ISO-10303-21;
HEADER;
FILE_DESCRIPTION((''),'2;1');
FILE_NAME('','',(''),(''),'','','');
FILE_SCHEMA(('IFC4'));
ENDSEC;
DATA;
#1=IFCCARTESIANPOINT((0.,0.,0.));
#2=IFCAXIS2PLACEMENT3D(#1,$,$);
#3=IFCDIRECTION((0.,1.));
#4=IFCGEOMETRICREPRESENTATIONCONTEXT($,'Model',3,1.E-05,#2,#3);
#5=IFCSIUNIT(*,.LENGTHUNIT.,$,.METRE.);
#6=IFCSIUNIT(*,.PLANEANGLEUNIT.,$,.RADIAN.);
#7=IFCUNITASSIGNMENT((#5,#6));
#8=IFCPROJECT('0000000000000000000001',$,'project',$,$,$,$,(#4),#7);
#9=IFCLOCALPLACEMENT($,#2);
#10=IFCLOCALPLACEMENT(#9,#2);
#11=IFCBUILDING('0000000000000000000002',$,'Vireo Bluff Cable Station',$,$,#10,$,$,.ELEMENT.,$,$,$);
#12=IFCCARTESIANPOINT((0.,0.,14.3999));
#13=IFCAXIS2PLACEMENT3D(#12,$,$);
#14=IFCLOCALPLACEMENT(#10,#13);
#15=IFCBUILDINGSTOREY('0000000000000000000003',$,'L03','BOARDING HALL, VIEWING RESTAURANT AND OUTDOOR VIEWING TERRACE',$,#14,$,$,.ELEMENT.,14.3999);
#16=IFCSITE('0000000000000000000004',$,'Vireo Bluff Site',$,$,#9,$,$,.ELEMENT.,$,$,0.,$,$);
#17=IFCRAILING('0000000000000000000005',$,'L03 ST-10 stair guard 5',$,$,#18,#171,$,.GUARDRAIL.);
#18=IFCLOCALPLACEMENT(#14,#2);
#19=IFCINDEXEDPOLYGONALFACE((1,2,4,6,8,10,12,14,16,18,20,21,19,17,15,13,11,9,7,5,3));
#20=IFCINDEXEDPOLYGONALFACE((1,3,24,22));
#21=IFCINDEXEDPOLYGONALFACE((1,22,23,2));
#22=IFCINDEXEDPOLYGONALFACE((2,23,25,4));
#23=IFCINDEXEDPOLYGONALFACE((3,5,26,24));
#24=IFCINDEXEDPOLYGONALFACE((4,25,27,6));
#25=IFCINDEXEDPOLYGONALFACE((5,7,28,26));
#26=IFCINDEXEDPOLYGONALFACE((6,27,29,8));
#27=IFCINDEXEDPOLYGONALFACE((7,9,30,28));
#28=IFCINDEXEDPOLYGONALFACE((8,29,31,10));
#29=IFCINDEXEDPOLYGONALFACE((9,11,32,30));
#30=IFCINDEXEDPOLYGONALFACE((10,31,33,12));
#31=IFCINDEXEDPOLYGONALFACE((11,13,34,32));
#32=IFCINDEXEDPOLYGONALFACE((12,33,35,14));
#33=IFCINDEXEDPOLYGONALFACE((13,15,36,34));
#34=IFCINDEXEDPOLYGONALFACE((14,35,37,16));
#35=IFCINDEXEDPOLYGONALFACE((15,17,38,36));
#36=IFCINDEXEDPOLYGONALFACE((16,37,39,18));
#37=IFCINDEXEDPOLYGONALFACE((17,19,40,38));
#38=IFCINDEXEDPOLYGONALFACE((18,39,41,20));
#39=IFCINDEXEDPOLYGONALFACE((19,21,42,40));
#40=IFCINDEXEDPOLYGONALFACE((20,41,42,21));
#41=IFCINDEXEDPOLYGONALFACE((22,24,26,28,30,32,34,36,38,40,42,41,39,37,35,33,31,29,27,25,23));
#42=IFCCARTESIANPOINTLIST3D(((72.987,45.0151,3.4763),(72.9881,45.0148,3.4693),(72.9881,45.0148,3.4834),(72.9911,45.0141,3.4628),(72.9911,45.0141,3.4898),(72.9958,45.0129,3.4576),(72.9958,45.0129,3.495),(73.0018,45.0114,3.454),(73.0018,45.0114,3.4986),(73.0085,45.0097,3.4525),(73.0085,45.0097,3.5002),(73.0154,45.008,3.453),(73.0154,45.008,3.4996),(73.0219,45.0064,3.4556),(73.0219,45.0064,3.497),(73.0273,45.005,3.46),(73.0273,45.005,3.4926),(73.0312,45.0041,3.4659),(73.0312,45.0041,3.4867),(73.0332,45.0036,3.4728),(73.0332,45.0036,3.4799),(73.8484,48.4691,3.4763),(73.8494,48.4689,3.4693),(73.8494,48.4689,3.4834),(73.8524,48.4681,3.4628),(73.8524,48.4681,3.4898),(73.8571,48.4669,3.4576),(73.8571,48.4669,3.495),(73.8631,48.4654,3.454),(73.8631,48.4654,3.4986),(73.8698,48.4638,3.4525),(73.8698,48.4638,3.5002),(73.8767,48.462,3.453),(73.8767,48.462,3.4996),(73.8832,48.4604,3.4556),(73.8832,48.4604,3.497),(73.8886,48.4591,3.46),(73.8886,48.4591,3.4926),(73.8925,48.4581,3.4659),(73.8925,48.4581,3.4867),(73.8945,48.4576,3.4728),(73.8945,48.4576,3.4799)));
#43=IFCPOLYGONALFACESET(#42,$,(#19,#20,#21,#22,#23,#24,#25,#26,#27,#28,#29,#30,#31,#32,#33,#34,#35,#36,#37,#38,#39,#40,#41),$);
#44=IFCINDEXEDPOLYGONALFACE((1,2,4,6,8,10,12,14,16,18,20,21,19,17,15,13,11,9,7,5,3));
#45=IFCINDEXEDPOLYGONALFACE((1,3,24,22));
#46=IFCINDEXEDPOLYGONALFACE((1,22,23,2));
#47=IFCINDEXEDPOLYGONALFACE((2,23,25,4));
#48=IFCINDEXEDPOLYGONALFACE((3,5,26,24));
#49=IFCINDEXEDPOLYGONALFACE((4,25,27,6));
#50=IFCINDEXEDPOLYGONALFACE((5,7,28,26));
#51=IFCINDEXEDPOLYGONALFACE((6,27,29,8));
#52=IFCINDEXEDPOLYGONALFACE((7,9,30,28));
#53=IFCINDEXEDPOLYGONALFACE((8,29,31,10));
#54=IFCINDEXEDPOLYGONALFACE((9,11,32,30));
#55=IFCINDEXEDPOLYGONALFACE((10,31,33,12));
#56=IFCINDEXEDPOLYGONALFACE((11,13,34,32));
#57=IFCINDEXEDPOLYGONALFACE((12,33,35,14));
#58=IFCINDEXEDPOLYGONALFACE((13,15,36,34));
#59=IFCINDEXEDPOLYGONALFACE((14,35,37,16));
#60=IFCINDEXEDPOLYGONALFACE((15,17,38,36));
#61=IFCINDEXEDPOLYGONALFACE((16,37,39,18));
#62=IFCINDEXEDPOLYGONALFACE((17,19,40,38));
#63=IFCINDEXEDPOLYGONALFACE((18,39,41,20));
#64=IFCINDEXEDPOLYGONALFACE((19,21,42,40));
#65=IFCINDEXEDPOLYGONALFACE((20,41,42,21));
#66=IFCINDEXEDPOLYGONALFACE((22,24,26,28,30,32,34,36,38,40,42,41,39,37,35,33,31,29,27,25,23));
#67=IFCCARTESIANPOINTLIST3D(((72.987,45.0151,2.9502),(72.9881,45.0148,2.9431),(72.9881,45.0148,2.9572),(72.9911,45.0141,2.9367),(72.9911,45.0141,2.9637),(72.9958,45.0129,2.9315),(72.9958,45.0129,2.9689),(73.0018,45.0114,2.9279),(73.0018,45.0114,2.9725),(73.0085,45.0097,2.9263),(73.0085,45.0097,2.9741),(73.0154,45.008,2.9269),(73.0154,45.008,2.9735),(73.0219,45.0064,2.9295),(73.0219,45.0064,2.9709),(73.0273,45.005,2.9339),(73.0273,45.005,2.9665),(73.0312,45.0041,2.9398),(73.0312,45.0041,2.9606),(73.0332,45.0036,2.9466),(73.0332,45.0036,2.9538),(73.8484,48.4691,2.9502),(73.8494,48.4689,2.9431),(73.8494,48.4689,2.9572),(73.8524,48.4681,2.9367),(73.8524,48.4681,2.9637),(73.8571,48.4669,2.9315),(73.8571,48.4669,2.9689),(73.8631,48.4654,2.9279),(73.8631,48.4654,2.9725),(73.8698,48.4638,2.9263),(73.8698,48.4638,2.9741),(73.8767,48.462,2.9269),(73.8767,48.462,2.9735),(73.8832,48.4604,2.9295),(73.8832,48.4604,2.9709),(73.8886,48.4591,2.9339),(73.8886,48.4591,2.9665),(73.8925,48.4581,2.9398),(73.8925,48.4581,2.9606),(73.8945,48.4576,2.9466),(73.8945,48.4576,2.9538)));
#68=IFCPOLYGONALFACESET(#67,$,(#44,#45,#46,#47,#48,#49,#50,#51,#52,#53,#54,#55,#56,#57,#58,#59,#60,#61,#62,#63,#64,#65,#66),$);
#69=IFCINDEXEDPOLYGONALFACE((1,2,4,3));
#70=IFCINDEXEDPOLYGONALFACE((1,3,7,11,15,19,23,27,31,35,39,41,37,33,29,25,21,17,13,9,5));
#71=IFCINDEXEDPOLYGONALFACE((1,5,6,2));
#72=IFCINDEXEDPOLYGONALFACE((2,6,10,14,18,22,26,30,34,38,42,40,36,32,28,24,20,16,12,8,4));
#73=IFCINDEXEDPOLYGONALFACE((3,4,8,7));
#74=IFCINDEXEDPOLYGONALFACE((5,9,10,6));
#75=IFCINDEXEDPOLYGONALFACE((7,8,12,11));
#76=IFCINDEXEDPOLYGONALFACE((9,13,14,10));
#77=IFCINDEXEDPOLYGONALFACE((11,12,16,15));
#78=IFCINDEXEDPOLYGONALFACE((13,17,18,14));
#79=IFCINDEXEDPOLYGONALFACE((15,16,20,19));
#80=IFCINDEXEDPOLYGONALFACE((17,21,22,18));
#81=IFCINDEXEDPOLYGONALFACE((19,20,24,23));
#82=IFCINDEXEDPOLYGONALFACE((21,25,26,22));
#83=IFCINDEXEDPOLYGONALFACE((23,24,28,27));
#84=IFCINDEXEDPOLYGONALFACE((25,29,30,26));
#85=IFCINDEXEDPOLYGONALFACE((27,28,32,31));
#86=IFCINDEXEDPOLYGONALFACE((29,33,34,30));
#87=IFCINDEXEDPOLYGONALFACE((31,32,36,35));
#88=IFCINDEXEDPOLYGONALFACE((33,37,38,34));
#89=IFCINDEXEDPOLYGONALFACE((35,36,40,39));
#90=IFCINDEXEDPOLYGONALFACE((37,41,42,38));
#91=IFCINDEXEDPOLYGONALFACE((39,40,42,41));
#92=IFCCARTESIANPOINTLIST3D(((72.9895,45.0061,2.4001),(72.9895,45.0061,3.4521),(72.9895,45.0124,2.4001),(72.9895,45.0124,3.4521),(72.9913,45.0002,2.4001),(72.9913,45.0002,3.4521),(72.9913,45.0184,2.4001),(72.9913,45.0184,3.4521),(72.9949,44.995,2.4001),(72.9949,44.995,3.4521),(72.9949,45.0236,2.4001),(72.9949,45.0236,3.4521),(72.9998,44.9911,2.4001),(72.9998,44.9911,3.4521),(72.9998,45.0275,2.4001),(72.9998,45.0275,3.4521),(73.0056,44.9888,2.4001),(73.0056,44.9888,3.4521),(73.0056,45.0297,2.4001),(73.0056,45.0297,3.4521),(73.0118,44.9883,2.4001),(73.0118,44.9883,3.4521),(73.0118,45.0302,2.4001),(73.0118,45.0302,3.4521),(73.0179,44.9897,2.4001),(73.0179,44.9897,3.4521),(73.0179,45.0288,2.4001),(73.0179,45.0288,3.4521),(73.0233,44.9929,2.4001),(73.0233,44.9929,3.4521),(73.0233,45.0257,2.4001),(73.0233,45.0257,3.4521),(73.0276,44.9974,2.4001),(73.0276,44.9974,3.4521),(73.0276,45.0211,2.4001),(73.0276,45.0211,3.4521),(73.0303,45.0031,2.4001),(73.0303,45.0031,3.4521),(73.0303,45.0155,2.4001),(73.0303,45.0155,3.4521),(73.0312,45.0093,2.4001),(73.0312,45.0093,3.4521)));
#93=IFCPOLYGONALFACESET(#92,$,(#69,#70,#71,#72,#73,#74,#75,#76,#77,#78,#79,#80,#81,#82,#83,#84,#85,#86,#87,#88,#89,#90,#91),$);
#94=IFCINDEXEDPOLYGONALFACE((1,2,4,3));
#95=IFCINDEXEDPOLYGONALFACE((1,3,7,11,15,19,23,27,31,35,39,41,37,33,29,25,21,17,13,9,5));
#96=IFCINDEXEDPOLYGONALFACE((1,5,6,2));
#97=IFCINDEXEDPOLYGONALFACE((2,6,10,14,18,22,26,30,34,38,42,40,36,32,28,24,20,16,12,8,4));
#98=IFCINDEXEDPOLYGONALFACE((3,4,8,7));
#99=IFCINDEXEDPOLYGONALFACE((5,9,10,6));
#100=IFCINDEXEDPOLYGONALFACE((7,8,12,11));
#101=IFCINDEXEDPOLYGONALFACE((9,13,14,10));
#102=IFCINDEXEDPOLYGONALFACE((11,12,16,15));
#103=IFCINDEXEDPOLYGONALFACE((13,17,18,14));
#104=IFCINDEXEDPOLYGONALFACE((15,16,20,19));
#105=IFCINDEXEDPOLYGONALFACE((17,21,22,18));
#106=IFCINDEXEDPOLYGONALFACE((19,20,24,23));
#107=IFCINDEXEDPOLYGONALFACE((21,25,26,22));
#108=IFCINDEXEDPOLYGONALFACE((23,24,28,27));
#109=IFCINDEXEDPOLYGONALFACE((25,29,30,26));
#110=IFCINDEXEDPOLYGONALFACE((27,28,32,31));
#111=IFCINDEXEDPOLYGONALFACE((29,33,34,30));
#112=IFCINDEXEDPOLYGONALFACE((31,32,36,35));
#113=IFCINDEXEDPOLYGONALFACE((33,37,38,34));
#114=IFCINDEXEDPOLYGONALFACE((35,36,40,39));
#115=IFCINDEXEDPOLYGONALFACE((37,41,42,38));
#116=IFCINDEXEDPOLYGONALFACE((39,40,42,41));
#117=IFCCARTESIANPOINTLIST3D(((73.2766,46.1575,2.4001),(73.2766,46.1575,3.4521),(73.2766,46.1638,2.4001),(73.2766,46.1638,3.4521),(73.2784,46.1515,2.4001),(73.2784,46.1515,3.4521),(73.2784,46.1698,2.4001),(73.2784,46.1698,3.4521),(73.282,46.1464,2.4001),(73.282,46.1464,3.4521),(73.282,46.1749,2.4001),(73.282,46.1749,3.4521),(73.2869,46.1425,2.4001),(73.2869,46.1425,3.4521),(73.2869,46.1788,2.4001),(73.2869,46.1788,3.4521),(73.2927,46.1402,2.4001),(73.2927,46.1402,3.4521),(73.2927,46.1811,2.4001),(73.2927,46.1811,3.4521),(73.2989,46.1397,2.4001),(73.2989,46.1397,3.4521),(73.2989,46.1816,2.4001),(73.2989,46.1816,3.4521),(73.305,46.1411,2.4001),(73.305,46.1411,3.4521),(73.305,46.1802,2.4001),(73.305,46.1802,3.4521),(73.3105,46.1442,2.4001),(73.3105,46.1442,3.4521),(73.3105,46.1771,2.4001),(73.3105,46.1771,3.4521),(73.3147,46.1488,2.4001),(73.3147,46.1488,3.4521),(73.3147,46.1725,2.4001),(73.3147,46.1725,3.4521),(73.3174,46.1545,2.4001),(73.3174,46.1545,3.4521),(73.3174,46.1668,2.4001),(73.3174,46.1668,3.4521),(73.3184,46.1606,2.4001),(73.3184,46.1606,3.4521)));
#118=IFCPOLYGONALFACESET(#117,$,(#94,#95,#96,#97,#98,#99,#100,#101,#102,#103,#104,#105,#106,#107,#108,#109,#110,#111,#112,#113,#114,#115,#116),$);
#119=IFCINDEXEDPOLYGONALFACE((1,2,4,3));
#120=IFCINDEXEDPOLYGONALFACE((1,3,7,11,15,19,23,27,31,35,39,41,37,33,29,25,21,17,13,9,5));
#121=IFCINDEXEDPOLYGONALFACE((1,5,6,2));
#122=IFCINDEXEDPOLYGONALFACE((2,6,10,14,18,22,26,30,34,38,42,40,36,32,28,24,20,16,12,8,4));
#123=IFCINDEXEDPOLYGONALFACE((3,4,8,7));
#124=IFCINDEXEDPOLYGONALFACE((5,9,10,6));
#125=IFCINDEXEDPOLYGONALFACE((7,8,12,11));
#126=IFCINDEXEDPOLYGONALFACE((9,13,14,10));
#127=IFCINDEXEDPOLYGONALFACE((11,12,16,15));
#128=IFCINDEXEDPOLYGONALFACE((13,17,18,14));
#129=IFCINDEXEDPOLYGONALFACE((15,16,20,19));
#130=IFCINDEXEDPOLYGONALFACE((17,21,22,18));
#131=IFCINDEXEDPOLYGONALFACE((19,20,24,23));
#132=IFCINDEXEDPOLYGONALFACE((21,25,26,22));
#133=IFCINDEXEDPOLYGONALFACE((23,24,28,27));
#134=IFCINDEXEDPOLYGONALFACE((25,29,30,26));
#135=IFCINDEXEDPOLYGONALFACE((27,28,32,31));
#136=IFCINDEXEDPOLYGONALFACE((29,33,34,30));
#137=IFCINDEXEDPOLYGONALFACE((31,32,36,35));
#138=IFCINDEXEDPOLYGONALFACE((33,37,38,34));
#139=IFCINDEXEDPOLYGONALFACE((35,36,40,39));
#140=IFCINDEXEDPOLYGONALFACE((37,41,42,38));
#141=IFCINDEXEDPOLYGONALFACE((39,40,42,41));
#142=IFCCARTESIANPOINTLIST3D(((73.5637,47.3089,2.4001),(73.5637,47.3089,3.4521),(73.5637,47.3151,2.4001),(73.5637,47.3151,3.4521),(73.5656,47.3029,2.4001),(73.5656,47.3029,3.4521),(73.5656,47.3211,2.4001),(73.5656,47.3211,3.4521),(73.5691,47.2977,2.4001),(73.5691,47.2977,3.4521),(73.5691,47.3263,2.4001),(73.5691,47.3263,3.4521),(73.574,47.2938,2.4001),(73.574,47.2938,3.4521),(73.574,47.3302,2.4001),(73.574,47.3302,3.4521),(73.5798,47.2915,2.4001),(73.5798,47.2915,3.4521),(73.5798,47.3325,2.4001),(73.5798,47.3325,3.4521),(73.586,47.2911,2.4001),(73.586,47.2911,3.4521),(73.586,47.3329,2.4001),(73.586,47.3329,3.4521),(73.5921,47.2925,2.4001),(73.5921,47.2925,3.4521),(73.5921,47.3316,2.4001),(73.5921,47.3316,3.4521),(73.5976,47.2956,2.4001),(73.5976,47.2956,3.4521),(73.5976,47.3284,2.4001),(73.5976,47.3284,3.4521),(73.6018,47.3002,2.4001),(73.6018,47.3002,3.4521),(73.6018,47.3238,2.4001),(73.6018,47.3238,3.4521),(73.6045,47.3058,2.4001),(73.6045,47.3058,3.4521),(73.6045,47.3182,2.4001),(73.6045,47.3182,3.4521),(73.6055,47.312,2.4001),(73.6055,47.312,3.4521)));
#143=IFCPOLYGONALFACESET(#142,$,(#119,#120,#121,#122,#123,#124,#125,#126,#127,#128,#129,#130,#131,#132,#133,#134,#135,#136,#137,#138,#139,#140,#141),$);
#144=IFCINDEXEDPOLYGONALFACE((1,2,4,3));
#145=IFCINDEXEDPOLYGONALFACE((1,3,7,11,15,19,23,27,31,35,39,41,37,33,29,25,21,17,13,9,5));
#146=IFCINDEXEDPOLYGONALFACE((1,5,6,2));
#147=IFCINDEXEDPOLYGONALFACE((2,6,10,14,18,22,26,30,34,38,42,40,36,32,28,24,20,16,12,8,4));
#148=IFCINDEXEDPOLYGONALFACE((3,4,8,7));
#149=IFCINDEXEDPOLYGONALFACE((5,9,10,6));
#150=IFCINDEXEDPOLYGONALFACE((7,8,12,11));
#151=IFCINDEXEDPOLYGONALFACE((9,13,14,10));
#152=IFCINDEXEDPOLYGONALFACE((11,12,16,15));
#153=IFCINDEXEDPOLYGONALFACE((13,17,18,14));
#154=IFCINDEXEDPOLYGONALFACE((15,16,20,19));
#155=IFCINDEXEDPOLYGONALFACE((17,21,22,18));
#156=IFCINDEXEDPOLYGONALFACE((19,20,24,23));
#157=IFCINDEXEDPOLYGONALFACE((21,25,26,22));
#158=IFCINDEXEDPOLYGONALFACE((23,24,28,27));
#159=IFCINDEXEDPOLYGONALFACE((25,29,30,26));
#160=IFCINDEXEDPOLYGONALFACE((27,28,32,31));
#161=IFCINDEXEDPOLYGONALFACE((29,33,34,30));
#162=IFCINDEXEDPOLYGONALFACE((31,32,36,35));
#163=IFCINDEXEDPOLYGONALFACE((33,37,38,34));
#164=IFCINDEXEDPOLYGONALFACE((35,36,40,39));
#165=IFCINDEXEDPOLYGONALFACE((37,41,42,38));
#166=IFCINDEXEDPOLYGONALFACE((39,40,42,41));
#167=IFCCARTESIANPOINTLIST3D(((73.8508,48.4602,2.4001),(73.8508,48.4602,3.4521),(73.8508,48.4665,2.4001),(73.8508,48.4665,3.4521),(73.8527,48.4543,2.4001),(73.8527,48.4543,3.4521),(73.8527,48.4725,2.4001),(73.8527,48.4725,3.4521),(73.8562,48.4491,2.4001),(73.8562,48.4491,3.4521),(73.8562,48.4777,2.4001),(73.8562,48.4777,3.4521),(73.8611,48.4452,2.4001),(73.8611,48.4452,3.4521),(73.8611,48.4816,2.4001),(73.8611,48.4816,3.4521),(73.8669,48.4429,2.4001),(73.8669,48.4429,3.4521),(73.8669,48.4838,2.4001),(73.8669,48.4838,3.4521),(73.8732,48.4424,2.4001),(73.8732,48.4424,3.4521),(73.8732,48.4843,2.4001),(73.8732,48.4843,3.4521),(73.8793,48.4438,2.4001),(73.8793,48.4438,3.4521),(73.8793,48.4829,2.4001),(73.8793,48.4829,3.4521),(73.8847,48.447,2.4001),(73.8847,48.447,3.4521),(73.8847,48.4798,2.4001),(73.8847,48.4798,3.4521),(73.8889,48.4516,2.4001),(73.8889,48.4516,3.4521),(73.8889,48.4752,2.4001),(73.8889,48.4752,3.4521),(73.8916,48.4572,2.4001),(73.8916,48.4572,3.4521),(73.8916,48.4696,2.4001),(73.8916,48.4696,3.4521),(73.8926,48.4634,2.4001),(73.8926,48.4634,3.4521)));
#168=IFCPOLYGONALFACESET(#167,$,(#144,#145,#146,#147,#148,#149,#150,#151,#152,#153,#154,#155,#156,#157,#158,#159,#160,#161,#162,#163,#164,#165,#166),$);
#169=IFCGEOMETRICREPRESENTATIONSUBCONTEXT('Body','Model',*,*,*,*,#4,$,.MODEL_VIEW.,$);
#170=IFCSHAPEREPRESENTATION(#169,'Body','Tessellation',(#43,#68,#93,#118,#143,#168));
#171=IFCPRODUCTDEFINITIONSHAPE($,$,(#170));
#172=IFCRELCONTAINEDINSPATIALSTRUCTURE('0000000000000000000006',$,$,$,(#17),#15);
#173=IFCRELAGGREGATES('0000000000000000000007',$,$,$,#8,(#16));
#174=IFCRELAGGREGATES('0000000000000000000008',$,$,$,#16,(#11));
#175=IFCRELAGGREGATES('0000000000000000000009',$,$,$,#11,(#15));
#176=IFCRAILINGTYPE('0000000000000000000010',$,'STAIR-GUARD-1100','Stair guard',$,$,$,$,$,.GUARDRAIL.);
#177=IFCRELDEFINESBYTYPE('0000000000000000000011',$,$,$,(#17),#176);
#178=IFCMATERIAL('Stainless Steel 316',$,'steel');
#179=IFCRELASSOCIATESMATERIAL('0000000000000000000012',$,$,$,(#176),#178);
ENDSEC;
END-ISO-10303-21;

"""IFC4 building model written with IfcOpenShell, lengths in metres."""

from ifc_helpers import new_model, si_unit, direction, frame, origin, origin_2d, place, context, subcontext, project, spatial, circle, extrude, material, type_object, element, save


model = new_model("IFC4")

# Units and contexts
model_context = context("Model", 3, precision=1e-05, world=origin(), true_north=direction((0.0, 1.0)))
body_context = subcontext(model_context, "Body", "Model", "MODEL_VIEW")
ifc_project = project(units=[si_unit("LENGTHUNIT", "METRE"), si_unit("PLANEANGLEUNIT", "RADIAN")], contexts=[model_context])

# Site, building, storey
site_placement = place(None, origin())
site = spatial("IfcSite", under=ifc_project, at=site_placement, Name="Vireo Bluff Site", CompositionType="ELEMENT", RefElevation=0.0)
building_placement = place(site_placement, origin())
building = spatial("IfcBuilding", under=site, at=building_placement, Name="Vireo Bluff Cable Station", CompositionType="ELEMENT")
storey_placement = place(building_placement, frame((0.0, 0.0, 14.3999)))
storey = spatial("IfcBuildingStorey", under=building, at=storey_placement, Name="L03", Description="BOARDING HALL, VIEWING RESTAURANT AND OUTDOOR VIEWING TERRACE", CompositionType="ELEMENT", Elevation=14.3999)

# Railing
ifc_material_1 = material(Name="Stainless Steel 316", Category="steel")
railing_type_1 = type_object("IfcRailingType", Name="STAIR-GUARD-1100", Description="Stair guard", PredefinedType="GUARDRAIL", material=ifc_material_1)
railing_1_placement = place(storey_placement, frame((73.0103, 45.0093, 2.4001)))
element("IfcRailing", 1, at=railing_1_placement, inside=storey, type_object=railing_type_1, Name="L03 ST-10 stair guard 5", PredefinedType="GUARDRAIL", context=body_context, shape_type="SweptSolid", body=[
    extrude(circle(Radius=0.0239, at=origin_2d()), frame((0.0, 0.0, 1.0762), z_axis=(0.241955, 0.970288, 0.0), x_axis=(-0.970288, 0.241955, 0.0)), (0.0, 0.0, 1.0), 3.5598),
    extrude(circle(Radius=0.0239, at=origin_2d()), frame((0.0, 0.0, 0.55), z_axis=(0.241955, 0.970288, 0.0), x_axis=(-0.970288, 0.241955, 0.0)), (0.0, 0.0, 1.0), 3.5598),
    extrude(circle(Radius=0.021, at=origin_2d()), origin(), (0.0, 0.0, 1.0), 1.052),
    extrude(circle(Radius=0.021, at=origin_2d()), frame((0.2871, 1.1514, 0.0)), (0.0, 0.0, 1.0), 1.052),
    extrude(circle(Radius=0.021, at=origin_2d()), frame((0.5742, 2.3027, 0.0)), (0.0, 0.0, 1.0), 1.052),
    extrude(circle(Radius=0.021, at=origin_2d()), frame((0.8613, 3.4541, 0.0)), (0.0, 0.0, 1.0), 1.052),
])

save(model, "model.ifc")
